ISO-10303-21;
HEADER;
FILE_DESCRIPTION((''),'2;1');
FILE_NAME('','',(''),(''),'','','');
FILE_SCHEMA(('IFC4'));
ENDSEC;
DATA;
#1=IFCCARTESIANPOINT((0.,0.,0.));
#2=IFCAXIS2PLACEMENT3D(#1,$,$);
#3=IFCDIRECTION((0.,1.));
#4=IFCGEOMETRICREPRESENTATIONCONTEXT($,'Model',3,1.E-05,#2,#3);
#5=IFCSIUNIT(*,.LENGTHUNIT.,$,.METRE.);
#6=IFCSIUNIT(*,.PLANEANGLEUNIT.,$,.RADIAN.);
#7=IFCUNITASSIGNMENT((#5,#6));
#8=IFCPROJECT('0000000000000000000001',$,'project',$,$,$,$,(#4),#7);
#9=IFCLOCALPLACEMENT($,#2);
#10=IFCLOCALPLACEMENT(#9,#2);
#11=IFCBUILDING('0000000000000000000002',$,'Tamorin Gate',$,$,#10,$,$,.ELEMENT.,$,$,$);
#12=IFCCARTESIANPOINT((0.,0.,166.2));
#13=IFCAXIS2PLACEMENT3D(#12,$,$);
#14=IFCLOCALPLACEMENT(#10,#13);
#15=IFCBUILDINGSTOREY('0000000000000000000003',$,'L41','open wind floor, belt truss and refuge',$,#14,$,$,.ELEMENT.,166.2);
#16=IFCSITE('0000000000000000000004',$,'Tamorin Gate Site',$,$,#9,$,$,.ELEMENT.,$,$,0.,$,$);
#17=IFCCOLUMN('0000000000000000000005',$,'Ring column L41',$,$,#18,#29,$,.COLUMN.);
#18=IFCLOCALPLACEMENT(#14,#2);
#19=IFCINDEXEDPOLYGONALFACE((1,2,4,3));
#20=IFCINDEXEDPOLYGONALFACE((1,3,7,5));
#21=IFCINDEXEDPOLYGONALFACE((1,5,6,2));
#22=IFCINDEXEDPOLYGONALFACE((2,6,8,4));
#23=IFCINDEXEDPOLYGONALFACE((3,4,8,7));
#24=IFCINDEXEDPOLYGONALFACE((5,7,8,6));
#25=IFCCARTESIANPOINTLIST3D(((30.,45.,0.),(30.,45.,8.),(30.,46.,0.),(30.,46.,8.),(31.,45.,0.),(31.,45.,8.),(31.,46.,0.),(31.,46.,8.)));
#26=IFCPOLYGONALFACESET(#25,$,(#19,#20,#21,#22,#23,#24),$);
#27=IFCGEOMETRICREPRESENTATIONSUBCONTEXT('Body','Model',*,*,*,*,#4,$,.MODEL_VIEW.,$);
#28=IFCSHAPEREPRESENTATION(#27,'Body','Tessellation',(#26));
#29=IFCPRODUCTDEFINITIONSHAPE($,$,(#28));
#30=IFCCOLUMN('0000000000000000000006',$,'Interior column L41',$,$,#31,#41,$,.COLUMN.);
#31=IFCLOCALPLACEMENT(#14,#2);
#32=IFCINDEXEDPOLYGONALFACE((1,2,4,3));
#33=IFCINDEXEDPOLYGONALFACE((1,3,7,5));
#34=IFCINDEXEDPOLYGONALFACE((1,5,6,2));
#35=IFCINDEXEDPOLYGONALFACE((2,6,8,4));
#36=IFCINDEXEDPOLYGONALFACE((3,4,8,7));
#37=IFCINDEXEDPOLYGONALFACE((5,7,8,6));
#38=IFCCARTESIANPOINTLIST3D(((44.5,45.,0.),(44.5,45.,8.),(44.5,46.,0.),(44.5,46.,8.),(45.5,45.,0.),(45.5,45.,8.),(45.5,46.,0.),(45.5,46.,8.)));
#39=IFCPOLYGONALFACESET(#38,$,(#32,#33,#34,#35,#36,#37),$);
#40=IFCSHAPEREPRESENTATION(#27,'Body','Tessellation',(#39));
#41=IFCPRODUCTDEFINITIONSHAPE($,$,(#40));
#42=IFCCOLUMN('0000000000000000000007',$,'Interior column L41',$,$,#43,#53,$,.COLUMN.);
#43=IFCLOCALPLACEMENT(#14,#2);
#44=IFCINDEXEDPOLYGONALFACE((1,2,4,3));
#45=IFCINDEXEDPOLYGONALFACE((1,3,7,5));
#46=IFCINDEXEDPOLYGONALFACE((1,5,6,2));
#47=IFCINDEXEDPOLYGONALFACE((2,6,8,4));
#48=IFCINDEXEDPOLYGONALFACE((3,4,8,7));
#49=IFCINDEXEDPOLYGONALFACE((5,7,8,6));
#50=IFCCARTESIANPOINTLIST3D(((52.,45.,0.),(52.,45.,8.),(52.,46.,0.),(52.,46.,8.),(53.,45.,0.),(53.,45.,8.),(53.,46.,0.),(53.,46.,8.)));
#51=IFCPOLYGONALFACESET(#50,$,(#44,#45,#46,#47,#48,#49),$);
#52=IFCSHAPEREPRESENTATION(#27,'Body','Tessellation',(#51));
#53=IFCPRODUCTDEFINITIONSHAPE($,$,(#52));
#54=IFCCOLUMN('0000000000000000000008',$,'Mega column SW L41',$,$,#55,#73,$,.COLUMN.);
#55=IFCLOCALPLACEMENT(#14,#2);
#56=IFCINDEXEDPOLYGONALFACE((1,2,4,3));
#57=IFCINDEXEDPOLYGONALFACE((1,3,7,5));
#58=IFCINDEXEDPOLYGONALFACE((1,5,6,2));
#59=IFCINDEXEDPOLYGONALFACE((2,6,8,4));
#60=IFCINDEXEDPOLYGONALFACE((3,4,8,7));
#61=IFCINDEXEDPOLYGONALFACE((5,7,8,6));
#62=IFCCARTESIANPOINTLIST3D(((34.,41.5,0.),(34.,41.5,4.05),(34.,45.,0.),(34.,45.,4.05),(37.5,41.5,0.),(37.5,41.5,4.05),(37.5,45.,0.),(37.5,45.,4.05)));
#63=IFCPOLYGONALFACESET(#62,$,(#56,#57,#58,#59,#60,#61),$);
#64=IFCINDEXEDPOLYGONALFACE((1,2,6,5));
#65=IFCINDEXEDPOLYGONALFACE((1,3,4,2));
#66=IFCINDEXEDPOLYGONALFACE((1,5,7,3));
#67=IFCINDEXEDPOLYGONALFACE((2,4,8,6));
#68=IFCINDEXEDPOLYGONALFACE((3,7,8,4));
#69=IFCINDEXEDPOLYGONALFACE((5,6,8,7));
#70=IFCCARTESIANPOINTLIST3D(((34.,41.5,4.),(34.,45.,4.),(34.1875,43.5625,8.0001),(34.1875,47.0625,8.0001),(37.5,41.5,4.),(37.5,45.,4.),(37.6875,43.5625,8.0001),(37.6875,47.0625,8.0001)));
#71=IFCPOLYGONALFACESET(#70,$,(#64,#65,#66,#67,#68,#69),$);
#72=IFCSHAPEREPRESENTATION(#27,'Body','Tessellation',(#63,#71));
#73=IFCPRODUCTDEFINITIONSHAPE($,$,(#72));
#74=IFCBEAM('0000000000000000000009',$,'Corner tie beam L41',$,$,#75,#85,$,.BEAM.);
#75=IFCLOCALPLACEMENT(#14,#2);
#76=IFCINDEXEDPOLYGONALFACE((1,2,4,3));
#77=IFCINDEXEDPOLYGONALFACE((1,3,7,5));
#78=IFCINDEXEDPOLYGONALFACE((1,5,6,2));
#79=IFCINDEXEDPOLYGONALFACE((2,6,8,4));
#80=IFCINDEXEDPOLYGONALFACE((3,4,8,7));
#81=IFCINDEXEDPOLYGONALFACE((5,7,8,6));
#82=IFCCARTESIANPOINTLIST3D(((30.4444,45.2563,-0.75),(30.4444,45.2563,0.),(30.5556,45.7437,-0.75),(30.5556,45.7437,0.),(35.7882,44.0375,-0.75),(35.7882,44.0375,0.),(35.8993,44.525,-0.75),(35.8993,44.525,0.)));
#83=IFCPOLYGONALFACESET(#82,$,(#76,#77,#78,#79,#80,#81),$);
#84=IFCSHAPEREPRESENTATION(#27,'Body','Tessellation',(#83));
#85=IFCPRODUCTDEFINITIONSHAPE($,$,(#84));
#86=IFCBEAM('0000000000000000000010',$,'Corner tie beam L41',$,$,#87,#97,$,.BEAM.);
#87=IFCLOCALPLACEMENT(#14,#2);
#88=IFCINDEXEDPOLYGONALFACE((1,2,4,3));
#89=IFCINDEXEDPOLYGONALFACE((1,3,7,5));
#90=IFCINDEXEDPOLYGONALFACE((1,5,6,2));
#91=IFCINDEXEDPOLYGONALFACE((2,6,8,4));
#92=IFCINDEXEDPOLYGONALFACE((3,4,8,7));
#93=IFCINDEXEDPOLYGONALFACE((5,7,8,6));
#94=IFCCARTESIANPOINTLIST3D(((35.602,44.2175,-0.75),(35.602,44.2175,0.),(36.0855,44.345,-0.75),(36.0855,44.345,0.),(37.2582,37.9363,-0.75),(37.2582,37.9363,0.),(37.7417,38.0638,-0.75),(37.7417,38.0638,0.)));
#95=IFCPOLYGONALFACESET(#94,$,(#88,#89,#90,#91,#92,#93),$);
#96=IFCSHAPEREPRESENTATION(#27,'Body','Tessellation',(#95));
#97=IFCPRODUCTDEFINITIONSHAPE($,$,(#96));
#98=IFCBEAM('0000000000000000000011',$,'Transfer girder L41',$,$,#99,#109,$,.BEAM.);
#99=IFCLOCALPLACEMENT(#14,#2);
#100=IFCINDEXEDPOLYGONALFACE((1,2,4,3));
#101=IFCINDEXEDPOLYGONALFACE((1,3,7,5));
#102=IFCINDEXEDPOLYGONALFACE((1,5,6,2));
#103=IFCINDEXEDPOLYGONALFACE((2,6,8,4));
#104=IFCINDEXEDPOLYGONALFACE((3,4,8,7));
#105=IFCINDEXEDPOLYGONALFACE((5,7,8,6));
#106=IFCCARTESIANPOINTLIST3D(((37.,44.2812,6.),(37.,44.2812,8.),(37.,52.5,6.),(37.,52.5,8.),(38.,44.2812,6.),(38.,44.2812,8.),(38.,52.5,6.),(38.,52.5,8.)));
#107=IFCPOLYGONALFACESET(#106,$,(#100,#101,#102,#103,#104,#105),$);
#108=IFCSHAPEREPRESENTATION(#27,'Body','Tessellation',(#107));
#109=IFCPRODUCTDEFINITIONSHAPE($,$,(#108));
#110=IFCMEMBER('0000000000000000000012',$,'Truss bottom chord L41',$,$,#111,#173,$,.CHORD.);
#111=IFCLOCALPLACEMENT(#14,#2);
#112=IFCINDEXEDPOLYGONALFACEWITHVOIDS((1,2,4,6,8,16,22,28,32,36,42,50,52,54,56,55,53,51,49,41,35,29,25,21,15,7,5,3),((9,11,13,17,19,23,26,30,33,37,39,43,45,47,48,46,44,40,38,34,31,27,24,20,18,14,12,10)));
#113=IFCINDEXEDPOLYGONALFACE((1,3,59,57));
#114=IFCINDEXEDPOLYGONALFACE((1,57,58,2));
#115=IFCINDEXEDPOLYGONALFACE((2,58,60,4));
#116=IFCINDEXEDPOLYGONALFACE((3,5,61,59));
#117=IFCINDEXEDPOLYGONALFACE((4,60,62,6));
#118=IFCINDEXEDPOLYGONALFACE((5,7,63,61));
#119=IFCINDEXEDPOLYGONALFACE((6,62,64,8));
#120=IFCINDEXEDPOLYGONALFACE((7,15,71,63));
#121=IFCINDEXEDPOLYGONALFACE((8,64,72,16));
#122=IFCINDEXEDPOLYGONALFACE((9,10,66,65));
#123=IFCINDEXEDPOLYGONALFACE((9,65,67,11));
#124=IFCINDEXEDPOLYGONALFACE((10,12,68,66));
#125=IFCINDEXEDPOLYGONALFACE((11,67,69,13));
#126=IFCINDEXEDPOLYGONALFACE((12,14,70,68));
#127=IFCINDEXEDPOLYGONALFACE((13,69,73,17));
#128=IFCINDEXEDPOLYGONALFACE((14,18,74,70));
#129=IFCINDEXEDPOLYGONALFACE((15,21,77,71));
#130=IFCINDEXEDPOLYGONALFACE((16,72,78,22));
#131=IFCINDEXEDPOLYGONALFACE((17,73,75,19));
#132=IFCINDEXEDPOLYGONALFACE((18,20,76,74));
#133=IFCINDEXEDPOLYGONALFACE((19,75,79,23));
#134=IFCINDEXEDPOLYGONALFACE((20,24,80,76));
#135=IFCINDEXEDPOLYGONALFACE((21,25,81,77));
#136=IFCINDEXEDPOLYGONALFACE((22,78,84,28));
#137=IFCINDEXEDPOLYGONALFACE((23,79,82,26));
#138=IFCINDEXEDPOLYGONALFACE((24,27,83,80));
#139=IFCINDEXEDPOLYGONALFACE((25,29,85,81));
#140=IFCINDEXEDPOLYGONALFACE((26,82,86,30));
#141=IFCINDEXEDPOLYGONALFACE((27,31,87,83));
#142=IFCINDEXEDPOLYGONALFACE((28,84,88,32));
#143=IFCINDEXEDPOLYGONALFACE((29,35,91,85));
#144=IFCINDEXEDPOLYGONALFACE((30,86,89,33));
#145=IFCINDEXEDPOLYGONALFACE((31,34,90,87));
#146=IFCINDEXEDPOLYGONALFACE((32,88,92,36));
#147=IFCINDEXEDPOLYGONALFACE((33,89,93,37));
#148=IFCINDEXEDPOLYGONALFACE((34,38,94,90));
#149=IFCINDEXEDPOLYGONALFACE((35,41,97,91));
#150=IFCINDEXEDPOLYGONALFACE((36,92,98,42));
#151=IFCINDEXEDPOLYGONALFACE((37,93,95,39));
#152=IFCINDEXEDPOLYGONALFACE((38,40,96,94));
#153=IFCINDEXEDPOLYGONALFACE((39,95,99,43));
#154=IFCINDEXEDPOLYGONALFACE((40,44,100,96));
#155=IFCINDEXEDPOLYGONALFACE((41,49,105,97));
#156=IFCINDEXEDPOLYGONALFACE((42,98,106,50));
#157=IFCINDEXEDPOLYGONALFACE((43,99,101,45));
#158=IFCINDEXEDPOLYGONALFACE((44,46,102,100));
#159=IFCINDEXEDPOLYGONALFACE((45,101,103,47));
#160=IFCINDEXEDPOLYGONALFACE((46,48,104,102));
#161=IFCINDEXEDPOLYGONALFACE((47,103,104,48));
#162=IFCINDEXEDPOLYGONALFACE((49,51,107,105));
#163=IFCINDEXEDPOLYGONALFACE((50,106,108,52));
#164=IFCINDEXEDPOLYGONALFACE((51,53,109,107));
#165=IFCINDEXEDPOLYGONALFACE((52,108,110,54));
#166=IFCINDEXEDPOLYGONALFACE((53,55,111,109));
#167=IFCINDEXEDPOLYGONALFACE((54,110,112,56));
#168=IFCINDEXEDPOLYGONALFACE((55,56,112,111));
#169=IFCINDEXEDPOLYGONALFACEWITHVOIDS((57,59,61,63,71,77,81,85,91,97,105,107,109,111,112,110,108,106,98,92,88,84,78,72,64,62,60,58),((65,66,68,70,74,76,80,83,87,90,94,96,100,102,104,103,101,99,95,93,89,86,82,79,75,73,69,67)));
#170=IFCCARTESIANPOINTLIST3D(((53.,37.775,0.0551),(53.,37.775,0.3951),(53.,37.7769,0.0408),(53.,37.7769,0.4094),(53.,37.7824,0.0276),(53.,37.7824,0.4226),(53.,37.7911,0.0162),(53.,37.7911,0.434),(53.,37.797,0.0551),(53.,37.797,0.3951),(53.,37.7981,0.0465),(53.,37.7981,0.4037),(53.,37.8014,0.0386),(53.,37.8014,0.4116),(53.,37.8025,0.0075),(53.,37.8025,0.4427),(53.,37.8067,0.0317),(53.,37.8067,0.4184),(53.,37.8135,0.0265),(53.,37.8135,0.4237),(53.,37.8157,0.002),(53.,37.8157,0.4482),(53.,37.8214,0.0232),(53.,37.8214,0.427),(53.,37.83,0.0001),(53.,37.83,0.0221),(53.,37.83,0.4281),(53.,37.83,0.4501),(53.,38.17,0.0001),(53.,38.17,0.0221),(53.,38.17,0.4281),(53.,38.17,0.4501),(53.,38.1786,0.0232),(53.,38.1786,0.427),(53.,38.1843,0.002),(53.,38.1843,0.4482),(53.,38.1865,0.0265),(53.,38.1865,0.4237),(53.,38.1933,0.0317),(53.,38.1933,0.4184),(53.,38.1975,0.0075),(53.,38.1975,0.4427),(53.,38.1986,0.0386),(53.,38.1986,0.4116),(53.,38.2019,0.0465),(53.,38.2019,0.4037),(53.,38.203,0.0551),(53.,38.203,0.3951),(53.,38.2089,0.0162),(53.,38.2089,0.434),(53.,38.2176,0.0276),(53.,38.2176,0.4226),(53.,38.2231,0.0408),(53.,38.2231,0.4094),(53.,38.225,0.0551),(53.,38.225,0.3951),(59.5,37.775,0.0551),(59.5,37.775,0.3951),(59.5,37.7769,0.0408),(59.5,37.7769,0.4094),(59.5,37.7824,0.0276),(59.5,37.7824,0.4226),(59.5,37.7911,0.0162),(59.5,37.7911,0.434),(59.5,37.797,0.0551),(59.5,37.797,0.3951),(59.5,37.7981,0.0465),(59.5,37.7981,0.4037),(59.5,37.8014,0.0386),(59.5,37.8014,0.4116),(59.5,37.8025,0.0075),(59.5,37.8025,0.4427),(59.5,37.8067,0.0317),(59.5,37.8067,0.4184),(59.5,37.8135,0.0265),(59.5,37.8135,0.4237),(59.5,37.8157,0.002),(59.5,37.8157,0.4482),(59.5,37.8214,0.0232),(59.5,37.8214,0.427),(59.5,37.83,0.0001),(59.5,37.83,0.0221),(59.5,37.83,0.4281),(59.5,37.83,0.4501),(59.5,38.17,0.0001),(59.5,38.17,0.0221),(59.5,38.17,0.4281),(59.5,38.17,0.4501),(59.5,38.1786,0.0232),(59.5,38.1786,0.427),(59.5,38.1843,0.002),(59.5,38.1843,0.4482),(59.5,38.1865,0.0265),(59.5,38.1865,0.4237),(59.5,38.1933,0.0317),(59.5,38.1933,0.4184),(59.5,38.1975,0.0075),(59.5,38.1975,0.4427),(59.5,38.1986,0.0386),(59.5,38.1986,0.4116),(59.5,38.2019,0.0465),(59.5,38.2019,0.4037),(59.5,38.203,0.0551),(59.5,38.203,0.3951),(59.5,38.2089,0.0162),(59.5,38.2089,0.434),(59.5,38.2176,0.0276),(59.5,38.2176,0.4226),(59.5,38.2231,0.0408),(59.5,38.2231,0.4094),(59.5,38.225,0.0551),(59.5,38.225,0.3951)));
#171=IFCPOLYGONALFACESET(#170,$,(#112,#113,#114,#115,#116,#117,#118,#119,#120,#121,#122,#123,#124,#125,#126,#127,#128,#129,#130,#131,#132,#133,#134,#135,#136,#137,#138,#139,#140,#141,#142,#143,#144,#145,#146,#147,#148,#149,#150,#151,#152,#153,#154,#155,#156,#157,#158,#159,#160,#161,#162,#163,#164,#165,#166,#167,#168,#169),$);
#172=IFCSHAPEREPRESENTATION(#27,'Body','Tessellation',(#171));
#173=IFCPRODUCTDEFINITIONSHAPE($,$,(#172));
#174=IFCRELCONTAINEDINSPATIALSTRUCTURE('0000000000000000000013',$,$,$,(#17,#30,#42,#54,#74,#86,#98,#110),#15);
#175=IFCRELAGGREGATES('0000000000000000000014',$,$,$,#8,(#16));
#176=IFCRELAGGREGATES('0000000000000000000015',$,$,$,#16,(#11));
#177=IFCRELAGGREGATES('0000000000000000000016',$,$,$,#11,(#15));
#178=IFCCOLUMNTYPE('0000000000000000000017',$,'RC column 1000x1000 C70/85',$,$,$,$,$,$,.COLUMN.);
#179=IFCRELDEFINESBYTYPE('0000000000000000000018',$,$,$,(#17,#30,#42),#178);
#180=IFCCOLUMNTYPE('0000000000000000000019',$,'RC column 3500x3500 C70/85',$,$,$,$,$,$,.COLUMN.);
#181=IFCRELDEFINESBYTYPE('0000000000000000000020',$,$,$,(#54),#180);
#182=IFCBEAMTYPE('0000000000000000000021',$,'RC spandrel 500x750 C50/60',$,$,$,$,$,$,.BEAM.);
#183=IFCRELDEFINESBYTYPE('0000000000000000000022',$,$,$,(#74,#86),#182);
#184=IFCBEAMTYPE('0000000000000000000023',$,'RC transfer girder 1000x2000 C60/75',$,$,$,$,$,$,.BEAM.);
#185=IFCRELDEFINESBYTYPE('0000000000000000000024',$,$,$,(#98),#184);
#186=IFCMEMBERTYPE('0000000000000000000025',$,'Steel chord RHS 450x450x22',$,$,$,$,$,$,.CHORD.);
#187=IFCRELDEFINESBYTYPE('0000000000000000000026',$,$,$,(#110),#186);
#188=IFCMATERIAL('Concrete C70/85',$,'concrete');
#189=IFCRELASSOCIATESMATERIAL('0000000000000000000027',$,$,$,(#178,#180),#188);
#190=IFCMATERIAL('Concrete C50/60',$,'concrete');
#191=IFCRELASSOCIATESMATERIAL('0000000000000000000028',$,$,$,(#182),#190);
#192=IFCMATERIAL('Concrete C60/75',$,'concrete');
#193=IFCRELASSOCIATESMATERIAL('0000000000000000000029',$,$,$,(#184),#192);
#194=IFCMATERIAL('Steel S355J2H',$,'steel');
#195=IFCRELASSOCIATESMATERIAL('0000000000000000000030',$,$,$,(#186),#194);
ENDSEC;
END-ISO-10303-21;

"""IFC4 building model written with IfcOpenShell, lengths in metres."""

from ifc_helpers import new_model, si_unit, direction, frame, origin, origin_2d, place, context, subcontext, project, spatial, rectangle, hollow_rectangle, extrude, material, material_profile, profile_set, type_object, element, save


model = new_model("IFC4")

# Units and contexts
model_context = context("Model", 3, precision=1e-05, world=origin(), true_north=direction((0.0, 1.0)))
body_context = subcontext(model_context, "Body", "Model", "MODEL_VIEW")
ifc_project = project(units=[si_unit("LENGTHUNIT", "METRE"), si_unit("PLANEANGLEUNIT", "RADIAN")], contexts=[model_context])

# Site, building, storey
site_placement = place(None, origin())
site = spatial("IfcSite", under=ifc_project, at=site_placement, Name="Tamorin Gate Site", CompositionType="ELEMENT", RefElevation=0.0)
building_placement = place(site_placement, origin())
building = spatial("IfcBuilding", under=site, at=building_placement, Name="Tamorin Gate", CompositionType="ELEMENT")
storey_placement = place(building_placement, frame((0.0, 0.0, 166.2)))
storey = spatial("IfcBuildingStorey", under=building, at=storey_placement, Name="L41", Description="open wind floor, belt truss and refuge", CompositionType="ELEMENT", Elevation=166.2)

# Columns
ifc_material_1 = material(Name="Concrete C70/85", Category="concrete")
ifc_material_profile_1 = material_profile(ifc_material_1, rectangle(XDim=1.0, YDim=1.0, at=origin_2d()), Name="RC 1000x1000")
ifc_profile_set_1 = profile_set([ifc_material_profile_1], Name="Concrete C70/85")
column_type_1 = type_object("IfcColumnType", Name="RC column 1000x1000 C70/85", PredefinedType="COLUMN", material=ifc_profile_set_1)
for number, where, z_axis, x_axis, name in (
    (1, (30.5, 45.5, 0.0), (0.0, 0.0, 1.0), (1.0, 0.0, 0.0), "Ring column L41"),
    (2, (45.0, 45.5, 0.0), (0.0, 0.0, 1.0), (1.0, 0.0, 0.0), "Interior column L41"),
    (3, (52.5, 45.5, 0.0), (0.0, 0.0, 1.0), (1.0, 0.0, 0.0), "Interior column L41"),
):
    element("IfcColumn", number, at=place(storey_placement, frame(where, z_axis=z_axis, x_axis=x_axis)), inside=storey, type_object=column_type_1, Name=name, PredefinedType="COLUMN", context=body_context, shape_type="SweptSolid", body=[
        extrude(rectangle(XDim=1.0, YDim=1.0, at=origin_2d()), origin(), (0.0, 0.0, 1.0), 8.0),
    ])
ifc_material_profile_2 = material_profile(ifc_material_1, rectangle(XDim=3.5, YDim=3.5, at=origin_2d()), Name="RC 3500x3500")
ifc_profile_set_2 = profile_set([ifc_material_profile_2], Name="Concrete C70/85")
column_type_2 = type_object("IfcColumnType", Name="RC column 3500x3500 C70/85", PredefinedType="COLUMN", material=ifc_profile_set_2)
column_placement = place(storey_placement, frame((35.75, 43.25, 0.0), z_axis=(0.0, 0.0, 1.0), x_axis=(1.0, 0.0, 0.0)))
element("IfcColumn", 4, at=column_placement, inside=storey, type_object=column_type_2, Name="Mega column SW L41", PredefinedType="COLUMN", context=body_context, shape_type="SweptSolid", body=[
    extrude(rectangle(XDim=3.5, YDim=3.5, at=origin_2d()), origin(), (0.0, 0.0, 1.0), 4.05),
    extrude(rectangle(XDim=3.5, YDim=3.5, at=origin_2d()), frame((0.0, 0.0, 4.0)), (0.041627, 0.457892, 0.888033), 4.5044),
])

# Beams
ifc_material_2 = material(Name="Concrete C50/60", Category="concrete")
ifc_material_profile_3 = material_profile(ifc_material_2, rectangle(XDim=0.5, YDim=0.75, at=origin_2d()), Name="RC 500x750")
ifc_profile_set_3 = profile_set([ifc_material_profile_3], Name="Concrete C50/60")
beam_type_1 = type_object("IfcBeamType", Name="RC spandrel 500x750 C50/60", PredefinedType="BEAM", material=ifc_profile_set_3)
beam_1_placement = place(storey_placement, frame((35.8438, 44.2812, -0.375), z_axis=(-0.974965, 0.22236, 0.0), x_axis=(-0.22236, -0.974965, 0.0)))
element("IfcBeam", 5, at=beam_1_placement, inside=storey, type_object=beam_type_1, Name="Corner tie beam L41", PredefinedType="BEAM", context=body_context, shape_type="SweptSolid", body=[
    extrude(rectangle(XDim=0.5, YDim=0.75, at=origin_2d()), origin(), (0.0, 0.0, 1.0), 5.481),
])
beam_2_placement = place(storey_placement, frame((35.8438, 44.2812, -0.375), z_axis=(0.254967, -0.96695, 0.0), x_axis=(0.96695, 0.254967, 0.0)))
element("IfcBeam", 6, at=beam_2_placement, inside=storey, type_object=beam_type_1, Name="Corner tie beam L41", PredefinedType="BEAM", context=body_context, shape_type="SweptSolid", body=[
    extrude(rectangle(XDim=0.5, YDim=0.75, at=origin_2d()), origin(), (0.0, 0.0, 1.0), 6.4958),
])
ifc_material_3 = material(Name="Concrete C60/75", Category="concrete")
ifc_material_profile_4 = material_profile(ifc_material_3, rectangle(XDim=1.0, YDim=2.0, at=origin_2d()), Name="RC 1000x2000")
ifc_profile_set_4 = profile_set([ifc_material_profile_4], Name="Concrete C60/75")
beam_type_2 = type_object("IfcBeamType", Name="RC transfer girder 1000x2000 C60/75", PredefinedType="BEAM", material=ifc_profile_set_4)
beam_3_placement = place(storey_placement, frame((37.5, 44.2812, 7.0), z_axis=(0.0, 1.0, 0.0), x_axis=(-1.0, 0.0, 0.0)))
element("IfcBeam", 7, at=beam_3_placement, inside=storey, type_object=beam_type_2, Name="Transfer girder L41", PredefinedType="BEAM", context=body_context, shape_type="SweptSolid", body=[
    extrude(rectangle(XDim=1.0, YDim=2.0, at=origin_2d()), origin(), (0.0, 0.0, 1.0), 8.2188),
])

# Member
ifc_material_4 = material(Name="Steel S355J2H", Category="steel")
ifc_material_profile_5 = material_profile(ifc_material_4, hollow_rectangle(XDim=0.45, YDim=0.45, WallThickness=0.022, InnerFilletRadius=0.033, OuterFilletRadius=0.0549, at=origin_2d()), Name="RHS 450x450x22")
ifc_profile_set_5 = profile_set([ifc_material_profile_5], Name="Steel S355J2H")
member_type = type_object("IfcMemberType", Name="Steel chord RHS 450x450x22", PredefinedType="CHORD", material=ifc_profile_set_5)
member_1_placement = place(storey_placement, frame((53.0, 38.0, 0.2251), z_axis=(1.0, 0.0, 0.0), x_axis=(0.0, 1.0, 0.0)))
element("IfcMember", 8, at=member_1_placement, inside=storey, type_object=member_type, Name="Truss bottom chord L41", PredefinedType="CHORD", context=body_context, shape_type="SweptSolid", body=[
    extrude(hollow_rectangle(XDim=0.45, YDim=0.45, WallThickness=0.022, InnerFilletRadius=0.033, OuterFilletRadius=0.0549, at=origin_2d()), origin(), (0.0, 0.0, 1.0), 6.5),
])

save(model, "model.ifc")
